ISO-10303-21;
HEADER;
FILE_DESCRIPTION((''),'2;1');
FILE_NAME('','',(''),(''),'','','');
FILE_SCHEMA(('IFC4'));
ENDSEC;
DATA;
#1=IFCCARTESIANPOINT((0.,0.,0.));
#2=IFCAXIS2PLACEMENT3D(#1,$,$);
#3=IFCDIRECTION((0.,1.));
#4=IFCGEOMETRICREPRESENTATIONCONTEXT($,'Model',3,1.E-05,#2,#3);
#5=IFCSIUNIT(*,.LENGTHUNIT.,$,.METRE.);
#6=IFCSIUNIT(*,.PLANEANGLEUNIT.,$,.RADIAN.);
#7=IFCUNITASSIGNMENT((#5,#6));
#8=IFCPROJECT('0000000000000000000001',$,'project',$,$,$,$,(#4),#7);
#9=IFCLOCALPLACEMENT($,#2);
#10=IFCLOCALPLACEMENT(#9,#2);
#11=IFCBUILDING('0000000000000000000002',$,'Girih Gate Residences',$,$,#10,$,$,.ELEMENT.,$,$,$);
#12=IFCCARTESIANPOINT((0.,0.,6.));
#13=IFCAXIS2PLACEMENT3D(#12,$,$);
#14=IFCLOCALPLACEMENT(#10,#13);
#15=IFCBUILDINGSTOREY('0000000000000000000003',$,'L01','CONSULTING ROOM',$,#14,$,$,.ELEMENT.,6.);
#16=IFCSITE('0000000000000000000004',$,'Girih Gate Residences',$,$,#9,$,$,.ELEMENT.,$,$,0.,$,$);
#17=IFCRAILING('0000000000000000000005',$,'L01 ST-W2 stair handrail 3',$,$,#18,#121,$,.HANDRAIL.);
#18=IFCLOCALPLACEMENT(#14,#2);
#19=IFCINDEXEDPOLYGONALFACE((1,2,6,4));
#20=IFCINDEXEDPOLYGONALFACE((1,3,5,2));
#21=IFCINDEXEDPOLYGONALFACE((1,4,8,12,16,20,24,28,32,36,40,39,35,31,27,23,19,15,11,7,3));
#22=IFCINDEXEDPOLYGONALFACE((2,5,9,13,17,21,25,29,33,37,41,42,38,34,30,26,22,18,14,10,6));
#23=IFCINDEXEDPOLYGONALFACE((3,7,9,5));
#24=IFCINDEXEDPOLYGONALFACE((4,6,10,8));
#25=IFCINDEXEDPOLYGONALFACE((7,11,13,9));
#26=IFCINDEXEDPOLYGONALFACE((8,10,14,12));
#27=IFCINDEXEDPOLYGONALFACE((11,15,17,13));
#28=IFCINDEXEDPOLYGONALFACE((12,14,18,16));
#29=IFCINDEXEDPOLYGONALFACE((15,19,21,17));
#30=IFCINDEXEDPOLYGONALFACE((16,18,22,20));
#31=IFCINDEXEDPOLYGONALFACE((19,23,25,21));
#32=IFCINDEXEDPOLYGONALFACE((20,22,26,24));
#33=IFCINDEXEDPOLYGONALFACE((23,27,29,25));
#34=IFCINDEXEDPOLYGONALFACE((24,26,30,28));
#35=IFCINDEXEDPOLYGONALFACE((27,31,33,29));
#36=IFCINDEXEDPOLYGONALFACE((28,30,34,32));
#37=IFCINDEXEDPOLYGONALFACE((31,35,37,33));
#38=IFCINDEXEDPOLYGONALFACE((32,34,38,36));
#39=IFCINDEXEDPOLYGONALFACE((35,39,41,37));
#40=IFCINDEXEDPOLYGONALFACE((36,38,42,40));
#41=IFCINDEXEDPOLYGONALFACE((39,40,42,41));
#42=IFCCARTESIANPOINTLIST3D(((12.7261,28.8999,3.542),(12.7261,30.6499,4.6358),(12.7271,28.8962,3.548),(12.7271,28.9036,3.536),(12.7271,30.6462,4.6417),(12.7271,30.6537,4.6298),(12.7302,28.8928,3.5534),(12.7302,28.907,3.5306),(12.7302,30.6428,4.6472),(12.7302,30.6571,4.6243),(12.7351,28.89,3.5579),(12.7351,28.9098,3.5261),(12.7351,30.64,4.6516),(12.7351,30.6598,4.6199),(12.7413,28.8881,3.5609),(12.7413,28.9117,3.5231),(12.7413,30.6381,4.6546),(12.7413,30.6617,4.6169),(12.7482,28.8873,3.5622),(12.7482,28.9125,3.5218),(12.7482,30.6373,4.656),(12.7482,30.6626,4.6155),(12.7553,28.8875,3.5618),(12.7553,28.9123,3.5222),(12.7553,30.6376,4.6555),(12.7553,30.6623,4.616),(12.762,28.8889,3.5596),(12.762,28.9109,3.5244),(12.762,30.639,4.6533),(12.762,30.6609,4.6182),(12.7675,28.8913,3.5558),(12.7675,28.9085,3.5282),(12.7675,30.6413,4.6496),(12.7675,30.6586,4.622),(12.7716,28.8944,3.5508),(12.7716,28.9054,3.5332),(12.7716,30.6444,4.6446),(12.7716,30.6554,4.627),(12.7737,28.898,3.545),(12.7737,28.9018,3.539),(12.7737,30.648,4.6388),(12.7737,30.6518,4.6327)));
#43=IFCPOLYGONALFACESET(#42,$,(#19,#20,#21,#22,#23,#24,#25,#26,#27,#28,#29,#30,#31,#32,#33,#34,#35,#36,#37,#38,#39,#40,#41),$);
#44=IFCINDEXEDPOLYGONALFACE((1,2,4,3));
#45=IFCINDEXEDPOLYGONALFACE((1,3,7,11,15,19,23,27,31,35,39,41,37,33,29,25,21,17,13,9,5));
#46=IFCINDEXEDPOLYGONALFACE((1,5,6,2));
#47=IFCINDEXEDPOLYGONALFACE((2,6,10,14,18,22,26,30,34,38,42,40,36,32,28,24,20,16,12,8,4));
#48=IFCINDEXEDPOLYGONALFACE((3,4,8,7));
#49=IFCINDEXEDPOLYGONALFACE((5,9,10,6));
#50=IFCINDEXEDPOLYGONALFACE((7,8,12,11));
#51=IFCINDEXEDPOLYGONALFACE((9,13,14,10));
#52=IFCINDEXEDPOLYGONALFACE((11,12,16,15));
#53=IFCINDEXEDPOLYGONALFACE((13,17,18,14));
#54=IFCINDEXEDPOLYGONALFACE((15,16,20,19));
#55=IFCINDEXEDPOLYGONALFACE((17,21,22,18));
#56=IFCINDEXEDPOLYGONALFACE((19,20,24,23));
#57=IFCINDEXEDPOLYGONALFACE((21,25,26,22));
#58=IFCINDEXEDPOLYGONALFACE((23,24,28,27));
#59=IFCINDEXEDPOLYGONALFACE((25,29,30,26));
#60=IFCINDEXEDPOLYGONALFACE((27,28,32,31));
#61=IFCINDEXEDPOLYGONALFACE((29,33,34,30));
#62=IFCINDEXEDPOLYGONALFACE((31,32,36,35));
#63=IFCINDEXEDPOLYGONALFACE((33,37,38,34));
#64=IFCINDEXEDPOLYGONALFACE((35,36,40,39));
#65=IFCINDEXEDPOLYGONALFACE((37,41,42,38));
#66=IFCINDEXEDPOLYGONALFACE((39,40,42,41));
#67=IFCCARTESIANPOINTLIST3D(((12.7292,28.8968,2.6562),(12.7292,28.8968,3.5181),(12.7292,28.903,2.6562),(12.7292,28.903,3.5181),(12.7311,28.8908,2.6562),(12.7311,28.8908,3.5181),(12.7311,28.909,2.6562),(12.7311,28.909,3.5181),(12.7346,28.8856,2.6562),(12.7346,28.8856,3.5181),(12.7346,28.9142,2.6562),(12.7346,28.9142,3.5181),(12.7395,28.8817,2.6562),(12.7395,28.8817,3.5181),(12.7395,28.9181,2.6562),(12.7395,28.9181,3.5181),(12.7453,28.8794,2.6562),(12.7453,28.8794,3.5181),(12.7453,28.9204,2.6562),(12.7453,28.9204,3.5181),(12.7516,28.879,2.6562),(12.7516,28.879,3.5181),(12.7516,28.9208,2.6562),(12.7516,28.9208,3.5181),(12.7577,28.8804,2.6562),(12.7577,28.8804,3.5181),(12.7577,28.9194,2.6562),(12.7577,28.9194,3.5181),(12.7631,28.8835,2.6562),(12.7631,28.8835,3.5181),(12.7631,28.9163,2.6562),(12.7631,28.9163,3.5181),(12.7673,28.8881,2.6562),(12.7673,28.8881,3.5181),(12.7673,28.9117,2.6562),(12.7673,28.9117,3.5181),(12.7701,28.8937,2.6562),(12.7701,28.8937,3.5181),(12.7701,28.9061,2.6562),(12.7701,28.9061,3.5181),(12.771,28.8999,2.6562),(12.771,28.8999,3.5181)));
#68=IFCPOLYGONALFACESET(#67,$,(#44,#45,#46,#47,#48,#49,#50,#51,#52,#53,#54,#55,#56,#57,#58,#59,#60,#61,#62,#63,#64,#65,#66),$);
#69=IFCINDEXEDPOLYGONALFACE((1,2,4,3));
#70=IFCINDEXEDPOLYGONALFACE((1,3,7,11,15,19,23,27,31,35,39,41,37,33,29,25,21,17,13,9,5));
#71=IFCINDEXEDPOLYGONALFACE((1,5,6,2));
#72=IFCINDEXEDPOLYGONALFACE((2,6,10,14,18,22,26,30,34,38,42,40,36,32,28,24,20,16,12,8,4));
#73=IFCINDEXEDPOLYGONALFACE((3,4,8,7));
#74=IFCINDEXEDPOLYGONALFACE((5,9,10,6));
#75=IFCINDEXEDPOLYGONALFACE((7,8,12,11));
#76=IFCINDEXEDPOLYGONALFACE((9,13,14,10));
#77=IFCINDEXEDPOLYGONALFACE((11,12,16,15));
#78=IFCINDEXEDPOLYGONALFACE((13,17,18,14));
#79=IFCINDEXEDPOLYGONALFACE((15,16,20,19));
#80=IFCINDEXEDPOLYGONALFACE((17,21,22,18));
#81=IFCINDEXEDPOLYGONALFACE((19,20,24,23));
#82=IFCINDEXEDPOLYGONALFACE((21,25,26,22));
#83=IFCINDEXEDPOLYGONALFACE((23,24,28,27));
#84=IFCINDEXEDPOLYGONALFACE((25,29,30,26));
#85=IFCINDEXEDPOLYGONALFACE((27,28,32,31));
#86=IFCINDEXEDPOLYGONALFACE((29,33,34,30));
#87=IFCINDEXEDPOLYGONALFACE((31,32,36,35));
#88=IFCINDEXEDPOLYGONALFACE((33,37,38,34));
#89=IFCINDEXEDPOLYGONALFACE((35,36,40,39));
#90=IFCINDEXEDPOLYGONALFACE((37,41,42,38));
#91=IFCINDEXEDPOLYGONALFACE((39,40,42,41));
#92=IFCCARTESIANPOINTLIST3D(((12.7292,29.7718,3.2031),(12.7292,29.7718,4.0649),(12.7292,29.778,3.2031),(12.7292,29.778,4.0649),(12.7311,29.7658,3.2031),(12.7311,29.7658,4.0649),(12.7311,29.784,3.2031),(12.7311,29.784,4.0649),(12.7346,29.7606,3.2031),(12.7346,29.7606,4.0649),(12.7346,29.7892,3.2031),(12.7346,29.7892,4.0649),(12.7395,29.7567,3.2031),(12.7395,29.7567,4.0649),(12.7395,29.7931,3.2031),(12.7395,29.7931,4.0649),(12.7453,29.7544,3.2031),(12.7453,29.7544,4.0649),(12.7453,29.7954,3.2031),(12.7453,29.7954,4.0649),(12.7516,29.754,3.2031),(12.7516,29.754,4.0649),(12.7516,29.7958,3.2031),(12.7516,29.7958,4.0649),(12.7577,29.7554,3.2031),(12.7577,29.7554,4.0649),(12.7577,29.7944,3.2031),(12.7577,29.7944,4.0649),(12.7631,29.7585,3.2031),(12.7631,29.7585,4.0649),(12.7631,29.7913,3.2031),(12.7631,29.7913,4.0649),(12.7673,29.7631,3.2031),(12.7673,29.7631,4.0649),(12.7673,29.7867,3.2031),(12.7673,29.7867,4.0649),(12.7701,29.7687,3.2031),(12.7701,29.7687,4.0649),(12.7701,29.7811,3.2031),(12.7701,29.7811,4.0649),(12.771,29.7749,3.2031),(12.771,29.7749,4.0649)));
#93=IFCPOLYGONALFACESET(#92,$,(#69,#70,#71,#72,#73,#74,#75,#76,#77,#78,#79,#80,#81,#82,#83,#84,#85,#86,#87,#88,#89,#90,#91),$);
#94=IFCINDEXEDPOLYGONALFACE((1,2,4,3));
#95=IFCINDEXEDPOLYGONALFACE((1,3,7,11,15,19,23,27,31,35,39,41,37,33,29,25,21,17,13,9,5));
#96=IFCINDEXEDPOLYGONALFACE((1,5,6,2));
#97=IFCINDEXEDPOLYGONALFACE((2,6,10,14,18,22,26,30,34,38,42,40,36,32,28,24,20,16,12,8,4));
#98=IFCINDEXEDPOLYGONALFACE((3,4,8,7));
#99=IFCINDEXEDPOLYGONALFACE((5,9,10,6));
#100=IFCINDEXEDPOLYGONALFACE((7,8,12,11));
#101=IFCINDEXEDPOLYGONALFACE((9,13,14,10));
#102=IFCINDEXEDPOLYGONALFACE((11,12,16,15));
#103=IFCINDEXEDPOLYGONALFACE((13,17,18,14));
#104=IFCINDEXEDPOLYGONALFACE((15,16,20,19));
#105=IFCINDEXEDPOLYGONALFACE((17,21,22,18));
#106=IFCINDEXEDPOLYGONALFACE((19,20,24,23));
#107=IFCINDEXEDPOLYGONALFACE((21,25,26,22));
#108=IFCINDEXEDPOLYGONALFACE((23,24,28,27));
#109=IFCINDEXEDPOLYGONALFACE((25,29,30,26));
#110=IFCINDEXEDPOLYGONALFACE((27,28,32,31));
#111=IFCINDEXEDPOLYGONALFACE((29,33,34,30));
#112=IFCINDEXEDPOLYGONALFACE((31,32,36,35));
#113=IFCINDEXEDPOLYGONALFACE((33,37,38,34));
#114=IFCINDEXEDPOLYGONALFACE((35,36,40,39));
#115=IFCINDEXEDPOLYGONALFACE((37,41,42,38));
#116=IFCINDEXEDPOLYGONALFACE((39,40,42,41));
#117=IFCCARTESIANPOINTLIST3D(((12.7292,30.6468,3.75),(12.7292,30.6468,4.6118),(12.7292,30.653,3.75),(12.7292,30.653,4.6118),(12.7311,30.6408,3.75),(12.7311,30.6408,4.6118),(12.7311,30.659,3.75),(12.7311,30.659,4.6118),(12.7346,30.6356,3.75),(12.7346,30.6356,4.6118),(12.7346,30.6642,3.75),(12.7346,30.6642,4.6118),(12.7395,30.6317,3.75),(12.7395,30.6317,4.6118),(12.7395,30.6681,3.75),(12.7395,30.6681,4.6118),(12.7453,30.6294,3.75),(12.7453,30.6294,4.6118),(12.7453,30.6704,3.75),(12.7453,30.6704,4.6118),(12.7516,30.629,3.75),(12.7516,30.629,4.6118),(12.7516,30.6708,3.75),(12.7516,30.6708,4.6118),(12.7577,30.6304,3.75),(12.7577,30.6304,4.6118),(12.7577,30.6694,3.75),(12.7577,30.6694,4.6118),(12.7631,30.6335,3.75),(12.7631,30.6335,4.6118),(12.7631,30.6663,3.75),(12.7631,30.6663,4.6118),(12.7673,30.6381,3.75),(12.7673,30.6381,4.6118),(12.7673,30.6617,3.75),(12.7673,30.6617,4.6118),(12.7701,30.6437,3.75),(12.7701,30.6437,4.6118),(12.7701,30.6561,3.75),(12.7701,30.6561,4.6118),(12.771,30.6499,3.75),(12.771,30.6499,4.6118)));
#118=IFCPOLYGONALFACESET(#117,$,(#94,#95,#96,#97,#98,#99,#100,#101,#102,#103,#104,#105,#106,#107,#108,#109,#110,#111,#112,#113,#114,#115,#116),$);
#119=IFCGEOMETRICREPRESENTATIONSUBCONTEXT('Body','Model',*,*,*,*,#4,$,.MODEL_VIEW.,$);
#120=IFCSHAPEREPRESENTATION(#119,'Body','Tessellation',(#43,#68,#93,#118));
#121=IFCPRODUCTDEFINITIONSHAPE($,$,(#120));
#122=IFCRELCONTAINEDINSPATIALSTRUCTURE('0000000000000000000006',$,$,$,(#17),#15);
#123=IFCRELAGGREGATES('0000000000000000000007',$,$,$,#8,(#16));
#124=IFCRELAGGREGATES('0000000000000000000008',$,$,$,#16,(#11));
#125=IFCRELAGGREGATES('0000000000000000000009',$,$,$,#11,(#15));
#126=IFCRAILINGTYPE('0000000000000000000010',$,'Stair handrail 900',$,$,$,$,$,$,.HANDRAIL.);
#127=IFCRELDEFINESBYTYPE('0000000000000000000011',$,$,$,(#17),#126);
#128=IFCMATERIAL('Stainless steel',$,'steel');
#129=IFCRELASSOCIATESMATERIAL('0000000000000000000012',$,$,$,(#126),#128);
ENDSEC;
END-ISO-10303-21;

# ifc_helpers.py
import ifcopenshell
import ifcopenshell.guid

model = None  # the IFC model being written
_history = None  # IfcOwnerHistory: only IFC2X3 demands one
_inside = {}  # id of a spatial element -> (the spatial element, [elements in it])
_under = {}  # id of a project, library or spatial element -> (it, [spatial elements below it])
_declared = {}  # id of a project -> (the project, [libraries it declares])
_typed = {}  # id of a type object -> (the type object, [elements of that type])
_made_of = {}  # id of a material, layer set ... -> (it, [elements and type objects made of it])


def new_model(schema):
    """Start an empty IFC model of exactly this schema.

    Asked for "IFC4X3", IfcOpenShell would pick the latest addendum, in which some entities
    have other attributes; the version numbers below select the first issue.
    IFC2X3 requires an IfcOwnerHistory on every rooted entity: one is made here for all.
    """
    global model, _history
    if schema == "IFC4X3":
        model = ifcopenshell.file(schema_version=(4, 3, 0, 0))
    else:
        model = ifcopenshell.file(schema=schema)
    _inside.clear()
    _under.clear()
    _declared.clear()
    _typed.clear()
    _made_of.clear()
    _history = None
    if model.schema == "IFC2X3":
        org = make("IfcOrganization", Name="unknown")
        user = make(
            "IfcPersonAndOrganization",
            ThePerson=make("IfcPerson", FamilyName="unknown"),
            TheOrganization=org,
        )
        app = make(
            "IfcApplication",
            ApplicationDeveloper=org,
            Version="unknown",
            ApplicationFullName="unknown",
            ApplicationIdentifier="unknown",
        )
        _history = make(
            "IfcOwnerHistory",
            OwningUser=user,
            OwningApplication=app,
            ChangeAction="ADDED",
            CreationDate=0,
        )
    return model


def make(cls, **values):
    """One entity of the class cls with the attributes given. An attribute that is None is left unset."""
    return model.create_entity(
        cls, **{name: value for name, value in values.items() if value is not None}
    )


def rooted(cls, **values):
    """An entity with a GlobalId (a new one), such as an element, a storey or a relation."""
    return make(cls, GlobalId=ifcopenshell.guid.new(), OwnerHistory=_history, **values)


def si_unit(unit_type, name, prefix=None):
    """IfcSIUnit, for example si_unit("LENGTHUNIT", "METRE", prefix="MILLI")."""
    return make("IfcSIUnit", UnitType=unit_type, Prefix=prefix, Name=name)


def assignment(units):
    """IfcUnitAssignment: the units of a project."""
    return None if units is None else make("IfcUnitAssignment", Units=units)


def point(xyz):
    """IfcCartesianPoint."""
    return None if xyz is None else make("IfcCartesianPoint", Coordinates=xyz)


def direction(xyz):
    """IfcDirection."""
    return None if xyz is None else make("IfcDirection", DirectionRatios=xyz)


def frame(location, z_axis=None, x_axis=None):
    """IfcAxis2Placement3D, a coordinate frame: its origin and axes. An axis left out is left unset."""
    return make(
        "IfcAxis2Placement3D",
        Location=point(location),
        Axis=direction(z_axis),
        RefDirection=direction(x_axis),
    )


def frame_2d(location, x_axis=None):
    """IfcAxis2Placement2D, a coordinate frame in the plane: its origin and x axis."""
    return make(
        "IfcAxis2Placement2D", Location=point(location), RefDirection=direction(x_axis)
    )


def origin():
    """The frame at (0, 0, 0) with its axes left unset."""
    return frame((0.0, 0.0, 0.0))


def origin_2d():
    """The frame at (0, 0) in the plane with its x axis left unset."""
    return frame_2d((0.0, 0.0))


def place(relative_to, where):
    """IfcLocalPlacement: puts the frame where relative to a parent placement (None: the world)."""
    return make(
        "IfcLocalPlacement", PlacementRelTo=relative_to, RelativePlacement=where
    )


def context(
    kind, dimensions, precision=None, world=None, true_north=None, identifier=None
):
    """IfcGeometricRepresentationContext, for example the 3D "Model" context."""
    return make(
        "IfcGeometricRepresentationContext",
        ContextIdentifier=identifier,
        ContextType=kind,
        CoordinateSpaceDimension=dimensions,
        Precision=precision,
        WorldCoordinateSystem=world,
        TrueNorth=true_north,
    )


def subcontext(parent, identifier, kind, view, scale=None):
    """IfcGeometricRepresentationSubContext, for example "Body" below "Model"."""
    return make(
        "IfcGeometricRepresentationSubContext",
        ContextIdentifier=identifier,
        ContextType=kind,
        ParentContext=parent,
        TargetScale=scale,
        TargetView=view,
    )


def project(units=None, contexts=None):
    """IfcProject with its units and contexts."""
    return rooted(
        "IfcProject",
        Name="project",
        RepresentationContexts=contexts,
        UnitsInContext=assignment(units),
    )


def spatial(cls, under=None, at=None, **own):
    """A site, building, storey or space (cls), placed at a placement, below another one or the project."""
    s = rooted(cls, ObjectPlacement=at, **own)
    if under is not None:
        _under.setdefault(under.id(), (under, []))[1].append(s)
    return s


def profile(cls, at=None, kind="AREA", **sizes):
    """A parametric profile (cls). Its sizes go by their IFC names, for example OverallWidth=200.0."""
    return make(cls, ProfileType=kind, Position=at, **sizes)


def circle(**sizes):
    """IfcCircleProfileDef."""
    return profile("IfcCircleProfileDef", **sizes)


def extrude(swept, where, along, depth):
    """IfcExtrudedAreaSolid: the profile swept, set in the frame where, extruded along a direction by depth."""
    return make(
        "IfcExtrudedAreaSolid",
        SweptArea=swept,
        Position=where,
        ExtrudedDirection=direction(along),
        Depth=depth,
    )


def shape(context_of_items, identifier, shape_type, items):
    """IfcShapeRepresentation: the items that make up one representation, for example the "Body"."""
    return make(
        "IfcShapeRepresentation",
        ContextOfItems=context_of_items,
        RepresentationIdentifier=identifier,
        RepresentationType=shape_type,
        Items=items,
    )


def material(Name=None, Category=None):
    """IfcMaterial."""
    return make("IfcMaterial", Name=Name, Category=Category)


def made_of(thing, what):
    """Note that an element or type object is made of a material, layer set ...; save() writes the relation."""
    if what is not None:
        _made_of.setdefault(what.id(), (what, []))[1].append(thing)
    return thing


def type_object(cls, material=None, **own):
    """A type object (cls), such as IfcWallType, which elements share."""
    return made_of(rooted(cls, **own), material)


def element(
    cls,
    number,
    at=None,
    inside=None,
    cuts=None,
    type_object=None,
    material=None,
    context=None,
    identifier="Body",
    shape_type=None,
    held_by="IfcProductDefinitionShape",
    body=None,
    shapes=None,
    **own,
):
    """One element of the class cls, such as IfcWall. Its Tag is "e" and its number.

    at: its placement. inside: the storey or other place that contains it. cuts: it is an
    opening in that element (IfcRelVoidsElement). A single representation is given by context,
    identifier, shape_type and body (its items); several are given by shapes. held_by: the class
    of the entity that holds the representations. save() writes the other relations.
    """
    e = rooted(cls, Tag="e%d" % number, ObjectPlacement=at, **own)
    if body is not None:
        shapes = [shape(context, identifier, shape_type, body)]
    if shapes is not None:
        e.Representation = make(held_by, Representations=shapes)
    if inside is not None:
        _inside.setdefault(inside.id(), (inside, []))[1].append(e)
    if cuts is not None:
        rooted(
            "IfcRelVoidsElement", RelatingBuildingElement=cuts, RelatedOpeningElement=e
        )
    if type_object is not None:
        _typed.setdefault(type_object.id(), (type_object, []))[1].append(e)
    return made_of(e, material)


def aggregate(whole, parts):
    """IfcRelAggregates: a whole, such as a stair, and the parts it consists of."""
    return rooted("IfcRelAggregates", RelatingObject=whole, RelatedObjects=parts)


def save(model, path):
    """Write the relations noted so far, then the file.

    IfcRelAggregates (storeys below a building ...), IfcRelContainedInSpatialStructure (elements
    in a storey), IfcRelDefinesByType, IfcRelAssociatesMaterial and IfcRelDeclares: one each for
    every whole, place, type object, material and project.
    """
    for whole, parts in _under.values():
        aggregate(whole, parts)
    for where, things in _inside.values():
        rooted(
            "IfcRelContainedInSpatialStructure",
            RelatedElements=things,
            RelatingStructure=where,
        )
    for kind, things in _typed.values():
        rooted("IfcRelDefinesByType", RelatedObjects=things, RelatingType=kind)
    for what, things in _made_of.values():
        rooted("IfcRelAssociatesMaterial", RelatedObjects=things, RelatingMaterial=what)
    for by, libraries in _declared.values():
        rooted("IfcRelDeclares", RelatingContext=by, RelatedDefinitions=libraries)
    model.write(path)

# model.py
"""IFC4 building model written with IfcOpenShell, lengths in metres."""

from ifc_helpers import new_model, si_unit, direction, frame, origin, origin_2d, place, context, subcontext, project, spatial, circle, extrude, material, type_object, element, save


model = new_model("IFC4")

# Units and contexts
model_context = context("Model", 3, precision=1e-05, world=origin(), true_north=direction((0.0, 1.0)))
body_context = subcontext(model_context, "Body", "Model", "MODEL_VIEW")
ifc_project = project(units=[si_unit("LENGTHUNIT", "METRE"), si_unit("PLANEANGLEUNIT", "RADIAN")], contexts=[model_context])

# Site, building, storey
site_placement = place(None, origin())
site = spatial("IfcSite", under=ifc_project, at=site_placement, Name="Girih Gate Residences", CompositionType="ELEMENT", RefElevation=0.0)
building_placement = place(site_placement, origin())
building = spatial("IfcBuilding", under=site, at=building_placement, Name="Girih Gate Residences", CompositionType="ELEMENT")
storey_placement = place(building_placement, frame((0.0, 0.0, 6.0)))
storey = spatial("IfcBuildingStorey", under=building, at=storey_placement, Name="L01", Description="CONSULTING ROOM", CompositionType="ELEMENT", Elevation=6.0)

# Railing
ifc_material_1 = material(Name="Stainless steel", Category="steel")
railing_type_1 = type_object("IfcRailingType", Name="Stair handrail 900", PredefinedType="HANDRAIL", material=ifc_material_1)
railing_1_placement = place(storey_placement, frame((12.75, 28.8999, 2.6562)))
element("IfcRailing", 1, at=railing_1_placement, inside=storey, type_object=railing_type_1, Name="L01 ST-W2 stair handrail 3", PredefinedType="HANDRAIL", context=body_context, shape_type="SweptSolid", body=[
    extrude(circle(Radius=0.0239, at=origin_2d()), frame((0.0, 0.0, 0.8857), z_axis=(0.0, 0.847998, 0.529999), x_axis=(-1.0, 0.0, 0.0)), (0.0, 0.0, 1.0), 2.0637),
    extrude(circle(Radius=0.021, at=origin_2d()), origin(), (0.0, 0.0, 1.0), 0.8618),
    extrude(circle(Radius=0.021, at=origin_2d()), frame((0.0, 0.875, 0.5469)), (0.0, 0.0, 1.0), 0.8618),
    extrude(circle(Radius=0.021, at=origin_2d()), frame((0.0, 1.75, 1.0938)), (0.0, 0.0, 1.0), 0.8618),
])

save(model, "model.ifc")
